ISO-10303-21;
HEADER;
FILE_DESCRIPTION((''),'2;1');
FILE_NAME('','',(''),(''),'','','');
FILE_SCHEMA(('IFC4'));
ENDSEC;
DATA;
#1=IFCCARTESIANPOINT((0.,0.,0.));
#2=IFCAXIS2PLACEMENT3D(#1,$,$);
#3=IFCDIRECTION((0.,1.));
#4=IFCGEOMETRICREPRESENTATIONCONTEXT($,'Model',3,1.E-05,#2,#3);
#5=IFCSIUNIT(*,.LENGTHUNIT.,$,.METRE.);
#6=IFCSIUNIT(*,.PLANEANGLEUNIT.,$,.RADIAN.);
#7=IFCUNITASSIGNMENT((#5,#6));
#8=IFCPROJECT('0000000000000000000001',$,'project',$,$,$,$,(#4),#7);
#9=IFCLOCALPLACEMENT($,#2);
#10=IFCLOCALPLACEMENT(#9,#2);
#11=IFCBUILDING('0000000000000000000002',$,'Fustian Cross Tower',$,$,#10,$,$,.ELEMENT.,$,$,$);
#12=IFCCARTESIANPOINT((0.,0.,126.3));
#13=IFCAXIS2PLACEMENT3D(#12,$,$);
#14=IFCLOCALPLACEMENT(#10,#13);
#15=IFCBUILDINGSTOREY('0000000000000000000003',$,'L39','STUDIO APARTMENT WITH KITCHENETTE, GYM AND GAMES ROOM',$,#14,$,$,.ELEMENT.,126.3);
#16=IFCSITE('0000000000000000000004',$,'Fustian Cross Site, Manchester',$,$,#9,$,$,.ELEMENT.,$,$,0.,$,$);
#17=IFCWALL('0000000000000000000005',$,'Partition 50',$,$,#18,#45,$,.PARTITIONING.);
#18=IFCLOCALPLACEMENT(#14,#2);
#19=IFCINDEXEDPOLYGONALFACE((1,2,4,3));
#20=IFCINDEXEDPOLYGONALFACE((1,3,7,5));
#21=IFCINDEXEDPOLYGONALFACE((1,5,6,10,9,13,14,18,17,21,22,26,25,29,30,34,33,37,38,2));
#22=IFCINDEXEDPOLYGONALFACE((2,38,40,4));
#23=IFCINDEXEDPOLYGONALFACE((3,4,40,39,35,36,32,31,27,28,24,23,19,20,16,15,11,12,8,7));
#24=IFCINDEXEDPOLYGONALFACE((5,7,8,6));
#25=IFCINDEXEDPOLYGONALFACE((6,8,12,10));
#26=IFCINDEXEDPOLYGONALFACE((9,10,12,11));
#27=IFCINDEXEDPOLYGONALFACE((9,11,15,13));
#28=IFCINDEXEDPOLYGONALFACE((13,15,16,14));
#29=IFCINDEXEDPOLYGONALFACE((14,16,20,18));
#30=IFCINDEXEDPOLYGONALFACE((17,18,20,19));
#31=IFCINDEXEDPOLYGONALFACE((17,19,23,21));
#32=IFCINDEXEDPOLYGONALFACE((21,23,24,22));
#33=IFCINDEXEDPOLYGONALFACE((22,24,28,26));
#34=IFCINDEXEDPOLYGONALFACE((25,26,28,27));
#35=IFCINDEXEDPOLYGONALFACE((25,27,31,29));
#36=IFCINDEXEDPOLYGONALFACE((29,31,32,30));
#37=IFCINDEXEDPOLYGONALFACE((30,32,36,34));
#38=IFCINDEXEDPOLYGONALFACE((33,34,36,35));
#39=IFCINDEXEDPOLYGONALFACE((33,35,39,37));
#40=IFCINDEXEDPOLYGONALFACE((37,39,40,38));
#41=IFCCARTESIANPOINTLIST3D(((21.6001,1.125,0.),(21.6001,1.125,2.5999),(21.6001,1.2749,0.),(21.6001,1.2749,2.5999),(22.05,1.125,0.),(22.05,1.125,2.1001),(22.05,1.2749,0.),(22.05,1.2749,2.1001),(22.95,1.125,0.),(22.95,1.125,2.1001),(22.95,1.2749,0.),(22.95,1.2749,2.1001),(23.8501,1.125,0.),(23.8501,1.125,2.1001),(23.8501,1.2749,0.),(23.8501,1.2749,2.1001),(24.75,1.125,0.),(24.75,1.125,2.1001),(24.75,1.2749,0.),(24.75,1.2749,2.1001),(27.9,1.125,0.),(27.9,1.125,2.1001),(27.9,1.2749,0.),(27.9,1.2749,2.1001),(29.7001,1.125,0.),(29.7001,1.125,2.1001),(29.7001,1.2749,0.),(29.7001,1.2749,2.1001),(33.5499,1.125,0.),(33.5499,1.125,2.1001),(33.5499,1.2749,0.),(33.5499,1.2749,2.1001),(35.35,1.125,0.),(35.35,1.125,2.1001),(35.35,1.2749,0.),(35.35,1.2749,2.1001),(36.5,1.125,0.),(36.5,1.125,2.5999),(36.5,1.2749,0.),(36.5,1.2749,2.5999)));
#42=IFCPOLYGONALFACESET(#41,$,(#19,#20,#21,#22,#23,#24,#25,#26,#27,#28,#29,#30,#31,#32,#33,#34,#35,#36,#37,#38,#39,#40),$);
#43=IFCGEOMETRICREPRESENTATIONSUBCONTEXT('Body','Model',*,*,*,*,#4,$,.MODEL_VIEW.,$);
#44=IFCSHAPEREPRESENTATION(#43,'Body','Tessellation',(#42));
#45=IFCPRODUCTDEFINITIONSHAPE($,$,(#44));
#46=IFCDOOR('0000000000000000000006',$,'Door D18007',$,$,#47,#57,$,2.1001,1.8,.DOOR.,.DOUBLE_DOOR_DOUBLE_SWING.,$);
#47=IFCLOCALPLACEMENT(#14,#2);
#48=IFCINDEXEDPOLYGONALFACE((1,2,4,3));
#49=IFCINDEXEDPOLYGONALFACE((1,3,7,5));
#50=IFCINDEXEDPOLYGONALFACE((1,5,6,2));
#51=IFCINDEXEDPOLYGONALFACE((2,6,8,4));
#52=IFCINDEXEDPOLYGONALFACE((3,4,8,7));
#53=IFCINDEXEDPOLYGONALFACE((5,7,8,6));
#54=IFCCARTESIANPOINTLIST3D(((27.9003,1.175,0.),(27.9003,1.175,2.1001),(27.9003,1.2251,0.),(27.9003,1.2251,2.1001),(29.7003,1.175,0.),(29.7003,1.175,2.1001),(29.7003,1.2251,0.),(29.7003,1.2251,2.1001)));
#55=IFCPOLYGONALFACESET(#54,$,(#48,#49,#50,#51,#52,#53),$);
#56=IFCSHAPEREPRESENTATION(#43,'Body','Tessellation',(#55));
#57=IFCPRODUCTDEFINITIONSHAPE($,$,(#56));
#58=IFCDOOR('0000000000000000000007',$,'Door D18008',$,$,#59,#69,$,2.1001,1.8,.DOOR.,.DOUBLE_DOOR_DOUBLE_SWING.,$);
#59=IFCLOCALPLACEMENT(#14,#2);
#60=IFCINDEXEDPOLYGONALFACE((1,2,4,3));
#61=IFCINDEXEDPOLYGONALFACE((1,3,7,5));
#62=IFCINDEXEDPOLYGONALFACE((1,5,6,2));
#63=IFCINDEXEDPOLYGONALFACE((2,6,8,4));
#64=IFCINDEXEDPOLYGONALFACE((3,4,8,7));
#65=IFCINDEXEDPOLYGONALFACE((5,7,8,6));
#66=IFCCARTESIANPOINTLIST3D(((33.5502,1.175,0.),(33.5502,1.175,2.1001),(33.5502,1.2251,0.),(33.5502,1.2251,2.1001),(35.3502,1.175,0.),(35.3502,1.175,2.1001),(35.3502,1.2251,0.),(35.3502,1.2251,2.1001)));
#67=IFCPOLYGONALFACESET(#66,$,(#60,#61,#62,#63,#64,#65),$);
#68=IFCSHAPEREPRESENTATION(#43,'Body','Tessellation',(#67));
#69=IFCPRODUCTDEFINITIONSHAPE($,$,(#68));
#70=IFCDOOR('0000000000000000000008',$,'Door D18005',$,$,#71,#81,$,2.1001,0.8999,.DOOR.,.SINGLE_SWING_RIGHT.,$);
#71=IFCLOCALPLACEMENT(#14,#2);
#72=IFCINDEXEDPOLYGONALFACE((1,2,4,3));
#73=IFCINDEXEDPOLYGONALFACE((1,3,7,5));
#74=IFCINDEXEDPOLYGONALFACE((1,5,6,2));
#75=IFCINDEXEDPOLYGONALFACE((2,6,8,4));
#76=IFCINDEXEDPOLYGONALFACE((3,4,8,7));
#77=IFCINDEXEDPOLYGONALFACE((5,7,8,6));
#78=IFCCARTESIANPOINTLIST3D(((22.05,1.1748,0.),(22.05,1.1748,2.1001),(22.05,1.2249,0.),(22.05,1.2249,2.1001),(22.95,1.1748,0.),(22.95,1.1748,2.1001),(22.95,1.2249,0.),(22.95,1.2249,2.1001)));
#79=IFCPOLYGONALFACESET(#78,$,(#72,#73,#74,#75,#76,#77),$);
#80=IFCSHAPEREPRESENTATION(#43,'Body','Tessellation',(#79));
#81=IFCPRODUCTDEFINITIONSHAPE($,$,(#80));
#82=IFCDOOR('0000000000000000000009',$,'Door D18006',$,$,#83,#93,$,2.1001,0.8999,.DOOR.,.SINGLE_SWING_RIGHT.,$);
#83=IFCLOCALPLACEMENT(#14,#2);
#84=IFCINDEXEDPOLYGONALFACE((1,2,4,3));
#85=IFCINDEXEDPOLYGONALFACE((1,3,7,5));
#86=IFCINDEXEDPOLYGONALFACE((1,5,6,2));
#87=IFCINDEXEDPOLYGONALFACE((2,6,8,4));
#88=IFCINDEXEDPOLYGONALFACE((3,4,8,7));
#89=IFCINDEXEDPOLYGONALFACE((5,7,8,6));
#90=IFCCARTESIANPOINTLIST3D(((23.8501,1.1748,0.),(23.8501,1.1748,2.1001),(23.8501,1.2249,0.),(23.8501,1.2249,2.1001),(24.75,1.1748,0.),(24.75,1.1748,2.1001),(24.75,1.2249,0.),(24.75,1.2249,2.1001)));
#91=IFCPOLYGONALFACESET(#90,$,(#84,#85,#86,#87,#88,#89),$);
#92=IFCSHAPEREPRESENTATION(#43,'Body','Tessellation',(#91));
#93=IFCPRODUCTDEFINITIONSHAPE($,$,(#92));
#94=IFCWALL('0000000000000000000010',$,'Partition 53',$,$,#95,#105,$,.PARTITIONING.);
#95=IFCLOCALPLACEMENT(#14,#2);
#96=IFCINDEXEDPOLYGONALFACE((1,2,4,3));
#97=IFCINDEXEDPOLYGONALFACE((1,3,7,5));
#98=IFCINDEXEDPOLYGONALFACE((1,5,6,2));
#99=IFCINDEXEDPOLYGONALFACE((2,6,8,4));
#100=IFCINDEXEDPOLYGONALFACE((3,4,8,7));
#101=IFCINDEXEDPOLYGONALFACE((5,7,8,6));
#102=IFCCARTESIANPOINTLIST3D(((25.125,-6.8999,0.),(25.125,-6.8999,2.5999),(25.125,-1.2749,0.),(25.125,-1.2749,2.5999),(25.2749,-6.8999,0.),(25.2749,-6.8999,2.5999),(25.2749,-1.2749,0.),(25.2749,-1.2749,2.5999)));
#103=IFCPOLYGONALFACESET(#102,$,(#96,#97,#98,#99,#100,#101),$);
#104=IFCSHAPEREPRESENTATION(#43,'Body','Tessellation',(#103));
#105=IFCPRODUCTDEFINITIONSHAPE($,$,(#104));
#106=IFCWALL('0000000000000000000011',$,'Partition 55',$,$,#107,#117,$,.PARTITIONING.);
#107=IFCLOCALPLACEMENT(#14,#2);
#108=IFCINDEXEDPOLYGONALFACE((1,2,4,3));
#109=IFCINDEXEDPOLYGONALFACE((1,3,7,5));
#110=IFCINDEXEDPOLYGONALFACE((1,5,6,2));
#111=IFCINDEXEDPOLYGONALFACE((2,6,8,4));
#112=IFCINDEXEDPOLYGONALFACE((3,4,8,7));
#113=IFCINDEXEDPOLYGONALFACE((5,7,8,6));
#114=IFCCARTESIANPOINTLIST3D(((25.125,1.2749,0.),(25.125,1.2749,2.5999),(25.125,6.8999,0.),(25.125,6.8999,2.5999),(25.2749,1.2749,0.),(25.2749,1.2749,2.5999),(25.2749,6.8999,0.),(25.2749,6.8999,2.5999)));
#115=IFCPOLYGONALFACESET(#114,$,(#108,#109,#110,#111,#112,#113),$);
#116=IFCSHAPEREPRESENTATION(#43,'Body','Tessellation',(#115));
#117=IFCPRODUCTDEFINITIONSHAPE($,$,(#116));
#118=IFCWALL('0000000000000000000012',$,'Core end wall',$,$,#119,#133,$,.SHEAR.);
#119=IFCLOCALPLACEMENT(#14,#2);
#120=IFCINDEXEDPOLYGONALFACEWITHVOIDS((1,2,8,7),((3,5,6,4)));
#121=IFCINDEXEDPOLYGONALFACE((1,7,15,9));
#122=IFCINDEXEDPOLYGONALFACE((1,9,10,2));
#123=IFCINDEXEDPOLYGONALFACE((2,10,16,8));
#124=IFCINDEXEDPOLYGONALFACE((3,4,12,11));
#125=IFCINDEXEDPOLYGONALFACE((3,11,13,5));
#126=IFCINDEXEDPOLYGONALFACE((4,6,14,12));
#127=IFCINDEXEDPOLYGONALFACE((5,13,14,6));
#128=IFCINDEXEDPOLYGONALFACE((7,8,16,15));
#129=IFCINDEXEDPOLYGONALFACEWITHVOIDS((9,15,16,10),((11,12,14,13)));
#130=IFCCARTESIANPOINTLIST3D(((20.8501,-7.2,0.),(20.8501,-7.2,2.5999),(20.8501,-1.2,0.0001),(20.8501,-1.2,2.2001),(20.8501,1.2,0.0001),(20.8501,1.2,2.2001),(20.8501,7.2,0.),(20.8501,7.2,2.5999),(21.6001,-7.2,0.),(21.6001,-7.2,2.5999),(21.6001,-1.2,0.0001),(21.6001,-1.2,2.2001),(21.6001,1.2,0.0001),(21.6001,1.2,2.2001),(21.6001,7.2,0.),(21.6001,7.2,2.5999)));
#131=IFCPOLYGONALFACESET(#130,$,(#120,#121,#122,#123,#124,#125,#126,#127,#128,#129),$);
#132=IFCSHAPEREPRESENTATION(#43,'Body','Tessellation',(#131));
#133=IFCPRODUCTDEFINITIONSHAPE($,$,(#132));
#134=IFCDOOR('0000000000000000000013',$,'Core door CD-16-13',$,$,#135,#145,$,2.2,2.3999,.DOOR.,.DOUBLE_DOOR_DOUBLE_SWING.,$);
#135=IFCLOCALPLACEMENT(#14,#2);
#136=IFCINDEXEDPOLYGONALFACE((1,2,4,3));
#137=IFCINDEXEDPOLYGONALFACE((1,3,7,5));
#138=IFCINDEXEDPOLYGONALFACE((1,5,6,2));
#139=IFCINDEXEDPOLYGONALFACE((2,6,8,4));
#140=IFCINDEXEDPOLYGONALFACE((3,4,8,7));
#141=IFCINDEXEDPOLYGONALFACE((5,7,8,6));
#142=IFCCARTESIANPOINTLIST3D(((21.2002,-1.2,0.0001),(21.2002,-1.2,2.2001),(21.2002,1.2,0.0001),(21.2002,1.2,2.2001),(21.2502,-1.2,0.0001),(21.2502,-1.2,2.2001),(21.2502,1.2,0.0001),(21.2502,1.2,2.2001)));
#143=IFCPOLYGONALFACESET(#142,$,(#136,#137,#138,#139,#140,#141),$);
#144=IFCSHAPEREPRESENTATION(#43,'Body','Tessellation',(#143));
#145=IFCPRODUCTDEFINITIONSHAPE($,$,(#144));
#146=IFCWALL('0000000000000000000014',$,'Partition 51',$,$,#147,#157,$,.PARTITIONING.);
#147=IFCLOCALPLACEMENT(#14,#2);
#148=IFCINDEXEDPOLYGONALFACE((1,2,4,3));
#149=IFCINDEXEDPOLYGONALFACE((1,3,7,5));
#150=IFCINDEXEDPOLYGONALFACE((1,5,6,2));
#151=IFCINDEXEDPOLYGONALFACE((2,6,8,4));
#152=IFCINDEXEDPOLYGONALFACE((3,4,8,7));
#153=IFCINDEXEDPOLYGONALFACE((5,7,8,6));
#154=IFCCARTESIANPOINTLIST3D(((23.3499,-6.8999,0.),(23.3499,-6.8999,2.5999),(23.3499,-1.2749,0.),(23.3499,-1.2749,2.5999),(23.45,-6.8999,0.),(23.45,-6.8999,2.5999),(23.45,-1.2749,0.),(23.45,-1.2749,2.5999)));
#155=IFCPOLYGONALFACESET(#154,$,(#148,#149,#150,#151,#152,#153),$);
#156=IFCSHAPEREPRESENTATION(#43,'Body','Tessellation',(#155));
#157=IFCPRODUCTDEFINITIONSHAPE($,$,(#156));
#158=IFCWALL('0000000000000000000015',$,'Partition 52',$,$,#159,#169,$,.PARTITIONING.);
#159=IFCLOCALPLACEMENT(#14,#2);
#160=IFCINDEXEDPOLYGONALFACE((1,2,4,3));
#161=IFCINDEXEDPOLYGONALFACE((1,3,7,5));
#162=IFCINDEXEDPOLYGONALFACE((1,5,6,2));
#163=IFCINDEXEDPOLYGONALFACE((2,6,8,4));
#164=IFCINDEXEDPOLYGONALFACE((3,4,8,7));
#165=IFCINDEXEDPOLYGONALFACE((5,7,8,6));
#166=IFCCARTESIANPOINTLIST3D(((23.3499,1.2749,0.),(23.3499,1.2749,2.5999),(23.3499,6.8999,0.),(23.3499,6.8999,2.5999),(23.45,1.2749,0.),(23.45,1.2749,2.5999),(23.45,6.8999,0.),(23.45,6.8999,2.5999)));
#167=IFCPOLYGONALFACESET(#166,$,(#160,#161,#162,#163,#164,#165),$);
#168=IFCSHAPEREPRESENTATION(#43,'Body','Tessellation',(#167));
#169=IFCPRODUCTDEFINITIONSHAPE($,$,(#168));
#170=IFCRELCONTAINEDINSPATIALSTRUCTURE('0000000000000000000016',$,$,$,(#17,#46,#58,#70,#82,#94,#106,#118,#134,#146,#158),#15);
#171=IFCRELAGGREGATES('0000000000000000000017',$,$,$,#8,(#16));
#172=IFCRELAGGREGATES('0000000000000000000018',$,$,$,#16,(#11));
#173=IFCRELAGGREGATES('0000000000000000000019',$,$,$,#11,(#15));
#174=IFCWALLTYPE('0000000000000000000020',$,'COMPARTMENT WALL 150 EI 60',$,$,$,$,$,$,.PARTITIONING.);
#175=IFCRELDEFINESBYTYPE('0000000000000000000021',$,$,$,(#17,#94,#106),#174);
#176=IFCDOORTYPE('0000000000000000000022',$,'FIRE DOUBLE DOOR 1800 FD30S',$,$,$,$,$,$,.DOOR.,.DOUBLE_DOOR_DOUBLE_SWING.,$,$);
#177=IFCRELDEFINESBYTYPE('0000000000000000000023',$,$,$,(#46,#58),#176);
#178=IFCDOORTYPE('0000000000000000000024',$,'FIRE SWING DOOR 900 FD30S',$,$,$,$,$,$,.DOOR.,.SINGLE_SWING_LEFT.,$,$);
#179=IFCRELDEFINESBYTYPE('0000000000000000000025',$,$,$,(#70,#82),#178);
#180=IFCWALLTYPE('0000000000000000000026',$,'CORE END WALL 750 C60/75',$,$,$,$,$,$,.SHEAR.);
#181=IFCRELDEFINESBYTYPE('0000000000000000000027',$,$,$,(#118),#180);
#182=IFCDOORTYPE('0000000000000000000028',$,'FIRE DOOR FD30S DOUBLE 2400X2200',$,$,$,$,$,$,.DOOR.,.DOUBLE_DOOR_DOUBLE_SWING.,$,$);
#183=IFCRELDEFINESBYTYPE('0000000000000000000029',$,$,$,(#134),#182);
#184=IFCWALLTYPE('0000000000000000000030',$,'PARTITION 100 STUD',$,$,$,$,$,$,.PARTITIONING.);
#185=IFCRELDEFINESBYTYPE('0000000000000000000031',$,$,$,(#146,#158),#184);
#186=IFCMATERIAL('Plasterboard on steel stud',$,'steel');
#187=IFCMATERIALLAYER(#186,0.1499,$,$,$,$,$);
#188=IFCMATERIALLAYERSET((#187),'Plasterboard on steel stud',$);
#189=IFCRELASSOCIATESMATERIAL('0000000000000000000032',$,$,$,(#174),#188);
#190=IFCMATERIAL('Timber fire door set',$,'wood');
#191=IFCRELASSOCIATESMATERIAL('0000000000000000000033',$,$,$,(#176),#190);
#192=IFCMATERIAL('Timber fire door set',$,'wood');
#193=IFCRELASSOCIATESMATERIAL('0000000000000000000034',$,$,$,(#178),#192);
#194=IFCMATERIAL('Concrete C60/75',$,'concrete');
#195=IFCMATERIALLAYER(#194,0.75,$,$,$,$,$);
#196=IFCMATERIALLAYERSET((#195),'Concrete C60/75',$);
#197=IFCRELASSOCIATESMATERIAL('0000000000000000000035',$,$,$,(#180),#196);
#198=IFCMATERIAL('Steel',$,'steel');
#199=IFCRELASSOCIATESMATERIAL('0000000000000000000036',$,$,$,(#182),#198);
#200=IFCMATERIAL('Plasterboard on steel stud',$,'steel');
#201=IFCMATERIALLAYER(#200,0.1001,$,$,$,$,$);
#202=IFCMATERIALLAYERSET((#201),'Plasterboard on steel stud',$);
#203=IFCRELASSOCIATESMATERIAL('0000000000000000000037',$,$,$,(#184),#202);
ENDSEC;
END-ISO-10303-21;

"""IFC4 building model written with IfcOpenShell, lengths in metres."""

from ifc_helpers import new_model, si_unit, direction, frame, frame_2d, origin, place, context, subcontext, project, spatial, rectangle, extrude, material, layer, layer_set, type_object, element, fill, save


model = new_model("IFC4")

# Units and contexts
model_context = context("Model", 3, precision=1e-05, world=origin(), true_north=direction((0.0, 1.0)))
body_context = subcontext(model_context, "Body", "Model", "MODEL_VIEW")
ifc_project = project(units=[si_unit("LENGTHUNIT", "METRE"), si_unit("PLANEANGLEUNIT", "RADIAN")], contexts=[model_context])

# Site, building, storey
site_placement = place(None, origin())
site = spatial("IfcSite", under=ifc_project, at=site_placement, Name="Fustian Cross Site, Manchester", CompositionType="ELEMENT", RefElevation=0.0)
building_placement = place(site_placement, origin())
building = spatial("IfcBuilding", under=site, at=building_placement, Name="Fustian Cross Tower", CompositionType="ELEMENT")
storey_placement = place(building_placement, frame((0.0, 0.0, 126.3)))
storey = spatial("IfcBuildingStorey", under=building, at=storey_placement, Name="L39", Description="STUDIO APARTMENT WITH KITCHENETTE, GYM AND GAMES ROOM", CompositionType="ELEMENT", Elevation=126.3)

# Wall, openings, doors
ifc_material_1 = material(Name="Plasterboard on steel stud", Category="steel")
ifc_layer_1 = layer(ifc_material_1, 0.1499)
ifc_layer_set_1 = layer_set([ifc_layer_1], Name="Plasterboard on steel stud")
wall_type_1 = type_object("IfcWallType", Name="COMPARTMENT WALL 150 EI 60", PredefinedType="PARTITIONING", material=ifc_layer_set_1)
ifc_material_2 = material(Name="Timber fire door set", Category="wood")
door_type_1 = type_object("IfcDoorType", Name="FIRE DOUBLE DOOR 1800 FD30S", OperationType="DOUBLE_DOOR_DOUBLE_SWING", PredefinedType="DOOR", material=ifc_material_2)
ifc_material_3 = material(Name="Timber fire door set", Category="wood")
door_type_2 = type_object("IfcDoorType", Name="FIRE SWING DOOR 900 FD30S", OperationType="SINGLE_SWING_LEFT", PredefinedType="DOOR", material=ifc_material_3)
wall_1_placement = place(storey_placement, frame((21.6001, 1.2, 0.0), z_axis=(0.0, 0.0, 1.0), x_axis=(1.0, 0.0, 0.0)))
wall_1 = element("IfcWall", 1, at=wall_1_placement, inside=storey, type_object=wall_type_1, Name="Partition 50", PredefinedType="PARTITIONING", context=body_context, shape_type="SweptSolid", body=[
    extrude(rectangle(XDim=14.8999, YDim=0.1499, at=frame_2d((7.45, 0.0))), origin(), (0.0, 0.0, 1.0), 2.5999),
])
opening_1_placement = place(wall_1_placement, frame((0.45, 0.0, 0.0)))
opening_1 = element("IfcOpeningElement", 2, at=opening_1_placement, cuts=wall_1, PredefinedType="OPENING", context=body_context, shape_type="SweptSolid", body=[
    extrude(rectangle(XDim=0.8999, YDim=2.1001, at=frame_2d((0.45, 1.05))), frame((0.0, 0.085, 0.0), z_axis=(0.0, -1.0, 0.0), x_axis=(1.0, 0.0, 0.0)), (0.0, 0.0, 1.0), 0.1699),
])
opening_2_placement = place(wall_1_placement, frame((2.25, 0.0, 0.0)))
opening_2 = element("IfcOpeningElement", 3, at=opening_2_placement, cuts=wall_1, PredefinedType="OPENING", context=body_context, shape_type="SweptSolid", body=[
    extrude(rectangle(XDim=0.8999, YDim=2.1001, at=frame_2d((0.45, 1.05))), frame((0.0, 0.085, 0.0), z_axis=(0.0, -1.0, 0.0), x_axis=(1.0, 0.0, 0.0)), (0.0, 0.0, 1.0), 0.1699),
])
opening_3_placement = place(wall_1_placement, frame((6.3, 0.0, 0.0)))
opening_3 = element("IfcOpeningElement", 4, at=opening_3_placement, cuts=wall_1, PredefinedType="OPENING", context=body_context, shape_type="SweptSolid", body=[
    extrude(rectangle(XDim=1.8, YDim=2.1001, at=frame_2d((0.8999, 1.05))), frame((0.0, 0.085, 0.0), z_axis=(0.0, -1.0, 0.0), x_axis=(1.0, 0.0, 0.0)), (0.0, 0.0, 1.0), 0.1699),
])
opening_4_placement = place(wall_1_placement, frame((11.95, 0.0, 0.0)))
opening_4 = element("IfcOpeningElement", 5, at=opening_4_placement, cuts=wall_1, PredefinedType="OPENING", context=body_context, shape_type="SweptSolid", body=[
    extrude(rectangle(XDim=1.8, YDim=2.1001, at=frame_2d((0.8999, 1.05))), frame((0.0, 0.085, 0.0), z_axis=(0.0, -1.0, 0.0), x_axis=(1.0, 0.0, 0.0)), (0.0, 0.0, 1.0), 0.1699),
])
door_1_placement = place(opening_3_placement, frame((1.8, 0.0, 0.0), z_axis=(0.0, 0.0, 1.0), x_axis=(-1.0, 0.0, 0.0)))
door_1 = element("IfcDoor", 6, at=door_1_placement, inside=storey, type_object=door_type_1, Name="Door D18007", OperationType="DOUBLE_DOOR_DOUBLE_SWING", OverallHeight=2.1001, OverallWidth=1.8, PredefinedType="DOOR", context=body_context, shape_type="SweptSolid", body=[
    extrude(rectangle(XDim=1.8, YDim=2.1001, at=frame_2d((0.8999, 1.05))), frame((0.0, 0.0249, 0.0), z_axis=(0.0, -1.0, 0.0), x_axis=(1.0, 0.0, 0.0)), (0.0, 0.0, 1.0), 0.05),
])
fill(opening_3, door_1)
door_2_placement = place(opening_4_placement, frame((1.8, 0.0, 0.0), z_axis=(0.0, 0.0, 1.0), x_axis=(-1.0, 0.0, 0.0)))
door_2 = element("IfcDoor", 7, at=door_2_placement, inside=storey, type_object=door_type_1, Name="Door D18008", OperationType="DOUBLE_DOOR_DOUBLE_SWING", OverallHeight=2.1001, OverallWidth=1.8, PredefinedType="DOOR", context=body_context, shape_type="SweptSolid", body=[
    extrude(rectangle(XDim=1.8, YDim=2.1001, at=frame_2d((0.8999, 1.05))), frame((0.0, 0.0249, 0.0), z_axis=(0.0, -1.0, 0.0), x_axis=(1.0, 0.0, 0.0)), (0.0, 0.0, 1.0), 0.05),
])
fill(opening_4, door_2)
door_3_placement = place(opening_1_placement, origin())
door_3 = element("IfcDoor", 8, at=door_3_placement, inside=storey, type_object=door_type_2, Name="Door D18005", OperationType="SINGLE_SWING_RIGHT", OverallHeight=2.1001, OverallWidth=0.8999, PredefinedType="DOOR", context=body_context, shape_type="SweptSolid", body=[
    extrude(rectangle(XDim=0.8999, YDim=2.1001, at=frame_2d((0.45, 1.05))), frame((0.0, 0.0249, 0.0), z_axis=(0.0, -1.0, 0.0), x_axis=(1.0, 0.0, 0.0)), (0.0, 0.0, 1.0), 0.05),
])
fill(opening_1, door_3)
door_4_placement = place(opening_2_placement, origin())
door_4 = element("IfcDoor", 9, at=door_4_placement, inside=storey, type_object=door_type_2, Name="Door D18006", OperationType="SINGLE_SWING_RIGHT", OverallHeight=2.1001, OverallWidth=0.8999, PredefinedType="DOOR", context=body_context, shape_type="SweptSolid", body=[
    extrude(rectangle(XDim=0.8999, YDim=2.1001, at=frame_2d((0.45, 1.05))), frame((0.0, 0.0249, 0.0), z_axis=(0.0, -1.0, 0.0), x_axis=(1.0, 0.0, 0.0)), (0.0, 0.0, 1.0), 0.05),
])
fill(opening_2, door_4)

# Walls
for number, where, z_axis, x_axis, name in (
    (10, (25.2, -6.8999, 0.0), (0.0, 0.0, 1.0), (0.0, 1.0, 0.0), "Partition 53"),
    (11, (25.2, 1.2749, 0.0), (0.0, 0.0, 1.0), (0.0, 1.0, 0.0), "Partition 55"),
):
    element("IfcWall", number, at=place(storey_placement, frame(where, z_axis=z_axis, x_axis=x_axis)), inside=storey, type_object=wall_type_1, Name=name, PredefinedType="PARTITIONING", context=body_context, shape_type="SweptSolid", body=[
        extrude(rectangle(XDim=5.625, YDim=0.1499, at=frame_2d((2.8125, 0.0))), origin(), (0.0, 0.0, 1.0), 2.5999),
    ])

# Wall, opening, door
ifc_material_4 = material(Name="Concrete C60/75", Category="concrete")
ifc_layer_2 = layer(ifc_material_4, 0.75)
ifc_layer_set_2 = layer_set([ifc_layer_2], Name="Concrete C60/75")
wall_type_2 = type_object("IfcWallType", Name="CORE END WALL 750 C60/75", PredefinedType="SHEAR", material=ifc_layer_set_2)
wall_2_placement = place(storey_placement, frame((21.2251, -7.2, 0.0), z_axis=(0.0, 0.0, 1.0), x_axis=(0.0, 1.0, 0.0)))
wall_2 = element("IfcWall", 12, at=wall_2_placement, inside=storey, type_object=wall_type_2, Name="Core end wall", PredefinedType="SHEAR", context=body_context, shape_type="SweptSolid", body=[
    extrude(rectangle(XDim=14.3999, YDim=0.75, at=frame_2d((7.2, 0.0))), origin(), (0.0, 0.0, 1.0), 2.5999),
])
opening_5_placement = place(wall_2_placement, frame((6.0, 0.0, 0.0)))
opening_5 = element("IfcOpeningElement", 13, at=opening_5_placement, cuts=wall_2, PredefinedType="OPENING", context=body_context, shape_type="SweptSolid", body=[
    extrude(rectangle(XDim=2.3999, YDim=2.2, at=frame_2d((1.2, 1.1001))), frame((0.0, 0.385, 0.0), z_axis=(0.0, -1.0, 0.0), x_axis=(1.0, 0.0, 0.0)), (0.0, 0.0, 1.0), 0.77),
])
ifc_material_5 = material(Name="Steel", Category="steel")
door_type_3 = type_object("IfcDoorType", Name="FIRE DOOR FD30S DOUBLE 2400X2200", OperationType="DOUBLE_DOOR_DOUBLE_SWING", PredefinedType="DOOR", material=ifc_material_5)
door_5_placement = place(opening_5_placement, origin())
door_5 = element("IfcDoor", 14, at=door_5_placement, inside=storey, type_object=door_type_3, Name="Core door CD-16-13", OperationType="DOUBLE_DOOR_DOUBLE_SWING", OverallHeight=2.2, OverallWidth=2.3999, PredefinedType="DOOR", context=body_context, shape_type="SweptSolid", body=[
    extrude(rectangle(XDim=2.3999, YDim=2.2, at=frame_2d((1.2, 1.1001))), frame((0.0, 0.0249, 0.0), z_axis=(0.0, -1.0, 0.0), x_axis=(1.0, 0.0, 0.0)), (0.0, 0.0, 1.0), 0.05),
])
fill(opening_5, door_5)

# Walls
ifc_material_6 = material(Name="Plasterboard on steel stud", Category="steel")
ifc_layer_3 = layer(ifc_material_6, 0.1001)
ifc_layer_set_3 = layer_set([ifc_layer_3], Name="Plasterboard on steel stud")
wall_type_3 = type_object("IfcWallType", Name="PARTITION 100 STUD", PredefinedType="PARTITIONING", material=ifc_layer_set_3)
for number, where, z_axis, x_axis, name in (
    (15, (23.3999, -6.8999, 0.0), (0.0, 0.0, 1.0), (0.0, 1.0, 0.0), "Partition 51"),
    (16, (23.3999, 1.2749, 0.0), (0.0, 0.0, 1.0), (0.0, 1.0, 0.0), "Partition 52"),
):
    element("IfcWall", number, at=place(storey_placement, frame(where, z_axis=z_axis, x_axis=x_axis)), inside=storey, type_object=wall_type_3, Name=name, PredefinedType="PARTITIONING", context=body_context, shape_type="SweptSolid", body=[
        extrude(rectangle(XDim=5.625, YDim=0.1001, at=frame_2d((2.8125, 0.0))), origin(), (0.0, 0.0, 1.0), 2.5999),
    ])

save(model, "model.ifc")
